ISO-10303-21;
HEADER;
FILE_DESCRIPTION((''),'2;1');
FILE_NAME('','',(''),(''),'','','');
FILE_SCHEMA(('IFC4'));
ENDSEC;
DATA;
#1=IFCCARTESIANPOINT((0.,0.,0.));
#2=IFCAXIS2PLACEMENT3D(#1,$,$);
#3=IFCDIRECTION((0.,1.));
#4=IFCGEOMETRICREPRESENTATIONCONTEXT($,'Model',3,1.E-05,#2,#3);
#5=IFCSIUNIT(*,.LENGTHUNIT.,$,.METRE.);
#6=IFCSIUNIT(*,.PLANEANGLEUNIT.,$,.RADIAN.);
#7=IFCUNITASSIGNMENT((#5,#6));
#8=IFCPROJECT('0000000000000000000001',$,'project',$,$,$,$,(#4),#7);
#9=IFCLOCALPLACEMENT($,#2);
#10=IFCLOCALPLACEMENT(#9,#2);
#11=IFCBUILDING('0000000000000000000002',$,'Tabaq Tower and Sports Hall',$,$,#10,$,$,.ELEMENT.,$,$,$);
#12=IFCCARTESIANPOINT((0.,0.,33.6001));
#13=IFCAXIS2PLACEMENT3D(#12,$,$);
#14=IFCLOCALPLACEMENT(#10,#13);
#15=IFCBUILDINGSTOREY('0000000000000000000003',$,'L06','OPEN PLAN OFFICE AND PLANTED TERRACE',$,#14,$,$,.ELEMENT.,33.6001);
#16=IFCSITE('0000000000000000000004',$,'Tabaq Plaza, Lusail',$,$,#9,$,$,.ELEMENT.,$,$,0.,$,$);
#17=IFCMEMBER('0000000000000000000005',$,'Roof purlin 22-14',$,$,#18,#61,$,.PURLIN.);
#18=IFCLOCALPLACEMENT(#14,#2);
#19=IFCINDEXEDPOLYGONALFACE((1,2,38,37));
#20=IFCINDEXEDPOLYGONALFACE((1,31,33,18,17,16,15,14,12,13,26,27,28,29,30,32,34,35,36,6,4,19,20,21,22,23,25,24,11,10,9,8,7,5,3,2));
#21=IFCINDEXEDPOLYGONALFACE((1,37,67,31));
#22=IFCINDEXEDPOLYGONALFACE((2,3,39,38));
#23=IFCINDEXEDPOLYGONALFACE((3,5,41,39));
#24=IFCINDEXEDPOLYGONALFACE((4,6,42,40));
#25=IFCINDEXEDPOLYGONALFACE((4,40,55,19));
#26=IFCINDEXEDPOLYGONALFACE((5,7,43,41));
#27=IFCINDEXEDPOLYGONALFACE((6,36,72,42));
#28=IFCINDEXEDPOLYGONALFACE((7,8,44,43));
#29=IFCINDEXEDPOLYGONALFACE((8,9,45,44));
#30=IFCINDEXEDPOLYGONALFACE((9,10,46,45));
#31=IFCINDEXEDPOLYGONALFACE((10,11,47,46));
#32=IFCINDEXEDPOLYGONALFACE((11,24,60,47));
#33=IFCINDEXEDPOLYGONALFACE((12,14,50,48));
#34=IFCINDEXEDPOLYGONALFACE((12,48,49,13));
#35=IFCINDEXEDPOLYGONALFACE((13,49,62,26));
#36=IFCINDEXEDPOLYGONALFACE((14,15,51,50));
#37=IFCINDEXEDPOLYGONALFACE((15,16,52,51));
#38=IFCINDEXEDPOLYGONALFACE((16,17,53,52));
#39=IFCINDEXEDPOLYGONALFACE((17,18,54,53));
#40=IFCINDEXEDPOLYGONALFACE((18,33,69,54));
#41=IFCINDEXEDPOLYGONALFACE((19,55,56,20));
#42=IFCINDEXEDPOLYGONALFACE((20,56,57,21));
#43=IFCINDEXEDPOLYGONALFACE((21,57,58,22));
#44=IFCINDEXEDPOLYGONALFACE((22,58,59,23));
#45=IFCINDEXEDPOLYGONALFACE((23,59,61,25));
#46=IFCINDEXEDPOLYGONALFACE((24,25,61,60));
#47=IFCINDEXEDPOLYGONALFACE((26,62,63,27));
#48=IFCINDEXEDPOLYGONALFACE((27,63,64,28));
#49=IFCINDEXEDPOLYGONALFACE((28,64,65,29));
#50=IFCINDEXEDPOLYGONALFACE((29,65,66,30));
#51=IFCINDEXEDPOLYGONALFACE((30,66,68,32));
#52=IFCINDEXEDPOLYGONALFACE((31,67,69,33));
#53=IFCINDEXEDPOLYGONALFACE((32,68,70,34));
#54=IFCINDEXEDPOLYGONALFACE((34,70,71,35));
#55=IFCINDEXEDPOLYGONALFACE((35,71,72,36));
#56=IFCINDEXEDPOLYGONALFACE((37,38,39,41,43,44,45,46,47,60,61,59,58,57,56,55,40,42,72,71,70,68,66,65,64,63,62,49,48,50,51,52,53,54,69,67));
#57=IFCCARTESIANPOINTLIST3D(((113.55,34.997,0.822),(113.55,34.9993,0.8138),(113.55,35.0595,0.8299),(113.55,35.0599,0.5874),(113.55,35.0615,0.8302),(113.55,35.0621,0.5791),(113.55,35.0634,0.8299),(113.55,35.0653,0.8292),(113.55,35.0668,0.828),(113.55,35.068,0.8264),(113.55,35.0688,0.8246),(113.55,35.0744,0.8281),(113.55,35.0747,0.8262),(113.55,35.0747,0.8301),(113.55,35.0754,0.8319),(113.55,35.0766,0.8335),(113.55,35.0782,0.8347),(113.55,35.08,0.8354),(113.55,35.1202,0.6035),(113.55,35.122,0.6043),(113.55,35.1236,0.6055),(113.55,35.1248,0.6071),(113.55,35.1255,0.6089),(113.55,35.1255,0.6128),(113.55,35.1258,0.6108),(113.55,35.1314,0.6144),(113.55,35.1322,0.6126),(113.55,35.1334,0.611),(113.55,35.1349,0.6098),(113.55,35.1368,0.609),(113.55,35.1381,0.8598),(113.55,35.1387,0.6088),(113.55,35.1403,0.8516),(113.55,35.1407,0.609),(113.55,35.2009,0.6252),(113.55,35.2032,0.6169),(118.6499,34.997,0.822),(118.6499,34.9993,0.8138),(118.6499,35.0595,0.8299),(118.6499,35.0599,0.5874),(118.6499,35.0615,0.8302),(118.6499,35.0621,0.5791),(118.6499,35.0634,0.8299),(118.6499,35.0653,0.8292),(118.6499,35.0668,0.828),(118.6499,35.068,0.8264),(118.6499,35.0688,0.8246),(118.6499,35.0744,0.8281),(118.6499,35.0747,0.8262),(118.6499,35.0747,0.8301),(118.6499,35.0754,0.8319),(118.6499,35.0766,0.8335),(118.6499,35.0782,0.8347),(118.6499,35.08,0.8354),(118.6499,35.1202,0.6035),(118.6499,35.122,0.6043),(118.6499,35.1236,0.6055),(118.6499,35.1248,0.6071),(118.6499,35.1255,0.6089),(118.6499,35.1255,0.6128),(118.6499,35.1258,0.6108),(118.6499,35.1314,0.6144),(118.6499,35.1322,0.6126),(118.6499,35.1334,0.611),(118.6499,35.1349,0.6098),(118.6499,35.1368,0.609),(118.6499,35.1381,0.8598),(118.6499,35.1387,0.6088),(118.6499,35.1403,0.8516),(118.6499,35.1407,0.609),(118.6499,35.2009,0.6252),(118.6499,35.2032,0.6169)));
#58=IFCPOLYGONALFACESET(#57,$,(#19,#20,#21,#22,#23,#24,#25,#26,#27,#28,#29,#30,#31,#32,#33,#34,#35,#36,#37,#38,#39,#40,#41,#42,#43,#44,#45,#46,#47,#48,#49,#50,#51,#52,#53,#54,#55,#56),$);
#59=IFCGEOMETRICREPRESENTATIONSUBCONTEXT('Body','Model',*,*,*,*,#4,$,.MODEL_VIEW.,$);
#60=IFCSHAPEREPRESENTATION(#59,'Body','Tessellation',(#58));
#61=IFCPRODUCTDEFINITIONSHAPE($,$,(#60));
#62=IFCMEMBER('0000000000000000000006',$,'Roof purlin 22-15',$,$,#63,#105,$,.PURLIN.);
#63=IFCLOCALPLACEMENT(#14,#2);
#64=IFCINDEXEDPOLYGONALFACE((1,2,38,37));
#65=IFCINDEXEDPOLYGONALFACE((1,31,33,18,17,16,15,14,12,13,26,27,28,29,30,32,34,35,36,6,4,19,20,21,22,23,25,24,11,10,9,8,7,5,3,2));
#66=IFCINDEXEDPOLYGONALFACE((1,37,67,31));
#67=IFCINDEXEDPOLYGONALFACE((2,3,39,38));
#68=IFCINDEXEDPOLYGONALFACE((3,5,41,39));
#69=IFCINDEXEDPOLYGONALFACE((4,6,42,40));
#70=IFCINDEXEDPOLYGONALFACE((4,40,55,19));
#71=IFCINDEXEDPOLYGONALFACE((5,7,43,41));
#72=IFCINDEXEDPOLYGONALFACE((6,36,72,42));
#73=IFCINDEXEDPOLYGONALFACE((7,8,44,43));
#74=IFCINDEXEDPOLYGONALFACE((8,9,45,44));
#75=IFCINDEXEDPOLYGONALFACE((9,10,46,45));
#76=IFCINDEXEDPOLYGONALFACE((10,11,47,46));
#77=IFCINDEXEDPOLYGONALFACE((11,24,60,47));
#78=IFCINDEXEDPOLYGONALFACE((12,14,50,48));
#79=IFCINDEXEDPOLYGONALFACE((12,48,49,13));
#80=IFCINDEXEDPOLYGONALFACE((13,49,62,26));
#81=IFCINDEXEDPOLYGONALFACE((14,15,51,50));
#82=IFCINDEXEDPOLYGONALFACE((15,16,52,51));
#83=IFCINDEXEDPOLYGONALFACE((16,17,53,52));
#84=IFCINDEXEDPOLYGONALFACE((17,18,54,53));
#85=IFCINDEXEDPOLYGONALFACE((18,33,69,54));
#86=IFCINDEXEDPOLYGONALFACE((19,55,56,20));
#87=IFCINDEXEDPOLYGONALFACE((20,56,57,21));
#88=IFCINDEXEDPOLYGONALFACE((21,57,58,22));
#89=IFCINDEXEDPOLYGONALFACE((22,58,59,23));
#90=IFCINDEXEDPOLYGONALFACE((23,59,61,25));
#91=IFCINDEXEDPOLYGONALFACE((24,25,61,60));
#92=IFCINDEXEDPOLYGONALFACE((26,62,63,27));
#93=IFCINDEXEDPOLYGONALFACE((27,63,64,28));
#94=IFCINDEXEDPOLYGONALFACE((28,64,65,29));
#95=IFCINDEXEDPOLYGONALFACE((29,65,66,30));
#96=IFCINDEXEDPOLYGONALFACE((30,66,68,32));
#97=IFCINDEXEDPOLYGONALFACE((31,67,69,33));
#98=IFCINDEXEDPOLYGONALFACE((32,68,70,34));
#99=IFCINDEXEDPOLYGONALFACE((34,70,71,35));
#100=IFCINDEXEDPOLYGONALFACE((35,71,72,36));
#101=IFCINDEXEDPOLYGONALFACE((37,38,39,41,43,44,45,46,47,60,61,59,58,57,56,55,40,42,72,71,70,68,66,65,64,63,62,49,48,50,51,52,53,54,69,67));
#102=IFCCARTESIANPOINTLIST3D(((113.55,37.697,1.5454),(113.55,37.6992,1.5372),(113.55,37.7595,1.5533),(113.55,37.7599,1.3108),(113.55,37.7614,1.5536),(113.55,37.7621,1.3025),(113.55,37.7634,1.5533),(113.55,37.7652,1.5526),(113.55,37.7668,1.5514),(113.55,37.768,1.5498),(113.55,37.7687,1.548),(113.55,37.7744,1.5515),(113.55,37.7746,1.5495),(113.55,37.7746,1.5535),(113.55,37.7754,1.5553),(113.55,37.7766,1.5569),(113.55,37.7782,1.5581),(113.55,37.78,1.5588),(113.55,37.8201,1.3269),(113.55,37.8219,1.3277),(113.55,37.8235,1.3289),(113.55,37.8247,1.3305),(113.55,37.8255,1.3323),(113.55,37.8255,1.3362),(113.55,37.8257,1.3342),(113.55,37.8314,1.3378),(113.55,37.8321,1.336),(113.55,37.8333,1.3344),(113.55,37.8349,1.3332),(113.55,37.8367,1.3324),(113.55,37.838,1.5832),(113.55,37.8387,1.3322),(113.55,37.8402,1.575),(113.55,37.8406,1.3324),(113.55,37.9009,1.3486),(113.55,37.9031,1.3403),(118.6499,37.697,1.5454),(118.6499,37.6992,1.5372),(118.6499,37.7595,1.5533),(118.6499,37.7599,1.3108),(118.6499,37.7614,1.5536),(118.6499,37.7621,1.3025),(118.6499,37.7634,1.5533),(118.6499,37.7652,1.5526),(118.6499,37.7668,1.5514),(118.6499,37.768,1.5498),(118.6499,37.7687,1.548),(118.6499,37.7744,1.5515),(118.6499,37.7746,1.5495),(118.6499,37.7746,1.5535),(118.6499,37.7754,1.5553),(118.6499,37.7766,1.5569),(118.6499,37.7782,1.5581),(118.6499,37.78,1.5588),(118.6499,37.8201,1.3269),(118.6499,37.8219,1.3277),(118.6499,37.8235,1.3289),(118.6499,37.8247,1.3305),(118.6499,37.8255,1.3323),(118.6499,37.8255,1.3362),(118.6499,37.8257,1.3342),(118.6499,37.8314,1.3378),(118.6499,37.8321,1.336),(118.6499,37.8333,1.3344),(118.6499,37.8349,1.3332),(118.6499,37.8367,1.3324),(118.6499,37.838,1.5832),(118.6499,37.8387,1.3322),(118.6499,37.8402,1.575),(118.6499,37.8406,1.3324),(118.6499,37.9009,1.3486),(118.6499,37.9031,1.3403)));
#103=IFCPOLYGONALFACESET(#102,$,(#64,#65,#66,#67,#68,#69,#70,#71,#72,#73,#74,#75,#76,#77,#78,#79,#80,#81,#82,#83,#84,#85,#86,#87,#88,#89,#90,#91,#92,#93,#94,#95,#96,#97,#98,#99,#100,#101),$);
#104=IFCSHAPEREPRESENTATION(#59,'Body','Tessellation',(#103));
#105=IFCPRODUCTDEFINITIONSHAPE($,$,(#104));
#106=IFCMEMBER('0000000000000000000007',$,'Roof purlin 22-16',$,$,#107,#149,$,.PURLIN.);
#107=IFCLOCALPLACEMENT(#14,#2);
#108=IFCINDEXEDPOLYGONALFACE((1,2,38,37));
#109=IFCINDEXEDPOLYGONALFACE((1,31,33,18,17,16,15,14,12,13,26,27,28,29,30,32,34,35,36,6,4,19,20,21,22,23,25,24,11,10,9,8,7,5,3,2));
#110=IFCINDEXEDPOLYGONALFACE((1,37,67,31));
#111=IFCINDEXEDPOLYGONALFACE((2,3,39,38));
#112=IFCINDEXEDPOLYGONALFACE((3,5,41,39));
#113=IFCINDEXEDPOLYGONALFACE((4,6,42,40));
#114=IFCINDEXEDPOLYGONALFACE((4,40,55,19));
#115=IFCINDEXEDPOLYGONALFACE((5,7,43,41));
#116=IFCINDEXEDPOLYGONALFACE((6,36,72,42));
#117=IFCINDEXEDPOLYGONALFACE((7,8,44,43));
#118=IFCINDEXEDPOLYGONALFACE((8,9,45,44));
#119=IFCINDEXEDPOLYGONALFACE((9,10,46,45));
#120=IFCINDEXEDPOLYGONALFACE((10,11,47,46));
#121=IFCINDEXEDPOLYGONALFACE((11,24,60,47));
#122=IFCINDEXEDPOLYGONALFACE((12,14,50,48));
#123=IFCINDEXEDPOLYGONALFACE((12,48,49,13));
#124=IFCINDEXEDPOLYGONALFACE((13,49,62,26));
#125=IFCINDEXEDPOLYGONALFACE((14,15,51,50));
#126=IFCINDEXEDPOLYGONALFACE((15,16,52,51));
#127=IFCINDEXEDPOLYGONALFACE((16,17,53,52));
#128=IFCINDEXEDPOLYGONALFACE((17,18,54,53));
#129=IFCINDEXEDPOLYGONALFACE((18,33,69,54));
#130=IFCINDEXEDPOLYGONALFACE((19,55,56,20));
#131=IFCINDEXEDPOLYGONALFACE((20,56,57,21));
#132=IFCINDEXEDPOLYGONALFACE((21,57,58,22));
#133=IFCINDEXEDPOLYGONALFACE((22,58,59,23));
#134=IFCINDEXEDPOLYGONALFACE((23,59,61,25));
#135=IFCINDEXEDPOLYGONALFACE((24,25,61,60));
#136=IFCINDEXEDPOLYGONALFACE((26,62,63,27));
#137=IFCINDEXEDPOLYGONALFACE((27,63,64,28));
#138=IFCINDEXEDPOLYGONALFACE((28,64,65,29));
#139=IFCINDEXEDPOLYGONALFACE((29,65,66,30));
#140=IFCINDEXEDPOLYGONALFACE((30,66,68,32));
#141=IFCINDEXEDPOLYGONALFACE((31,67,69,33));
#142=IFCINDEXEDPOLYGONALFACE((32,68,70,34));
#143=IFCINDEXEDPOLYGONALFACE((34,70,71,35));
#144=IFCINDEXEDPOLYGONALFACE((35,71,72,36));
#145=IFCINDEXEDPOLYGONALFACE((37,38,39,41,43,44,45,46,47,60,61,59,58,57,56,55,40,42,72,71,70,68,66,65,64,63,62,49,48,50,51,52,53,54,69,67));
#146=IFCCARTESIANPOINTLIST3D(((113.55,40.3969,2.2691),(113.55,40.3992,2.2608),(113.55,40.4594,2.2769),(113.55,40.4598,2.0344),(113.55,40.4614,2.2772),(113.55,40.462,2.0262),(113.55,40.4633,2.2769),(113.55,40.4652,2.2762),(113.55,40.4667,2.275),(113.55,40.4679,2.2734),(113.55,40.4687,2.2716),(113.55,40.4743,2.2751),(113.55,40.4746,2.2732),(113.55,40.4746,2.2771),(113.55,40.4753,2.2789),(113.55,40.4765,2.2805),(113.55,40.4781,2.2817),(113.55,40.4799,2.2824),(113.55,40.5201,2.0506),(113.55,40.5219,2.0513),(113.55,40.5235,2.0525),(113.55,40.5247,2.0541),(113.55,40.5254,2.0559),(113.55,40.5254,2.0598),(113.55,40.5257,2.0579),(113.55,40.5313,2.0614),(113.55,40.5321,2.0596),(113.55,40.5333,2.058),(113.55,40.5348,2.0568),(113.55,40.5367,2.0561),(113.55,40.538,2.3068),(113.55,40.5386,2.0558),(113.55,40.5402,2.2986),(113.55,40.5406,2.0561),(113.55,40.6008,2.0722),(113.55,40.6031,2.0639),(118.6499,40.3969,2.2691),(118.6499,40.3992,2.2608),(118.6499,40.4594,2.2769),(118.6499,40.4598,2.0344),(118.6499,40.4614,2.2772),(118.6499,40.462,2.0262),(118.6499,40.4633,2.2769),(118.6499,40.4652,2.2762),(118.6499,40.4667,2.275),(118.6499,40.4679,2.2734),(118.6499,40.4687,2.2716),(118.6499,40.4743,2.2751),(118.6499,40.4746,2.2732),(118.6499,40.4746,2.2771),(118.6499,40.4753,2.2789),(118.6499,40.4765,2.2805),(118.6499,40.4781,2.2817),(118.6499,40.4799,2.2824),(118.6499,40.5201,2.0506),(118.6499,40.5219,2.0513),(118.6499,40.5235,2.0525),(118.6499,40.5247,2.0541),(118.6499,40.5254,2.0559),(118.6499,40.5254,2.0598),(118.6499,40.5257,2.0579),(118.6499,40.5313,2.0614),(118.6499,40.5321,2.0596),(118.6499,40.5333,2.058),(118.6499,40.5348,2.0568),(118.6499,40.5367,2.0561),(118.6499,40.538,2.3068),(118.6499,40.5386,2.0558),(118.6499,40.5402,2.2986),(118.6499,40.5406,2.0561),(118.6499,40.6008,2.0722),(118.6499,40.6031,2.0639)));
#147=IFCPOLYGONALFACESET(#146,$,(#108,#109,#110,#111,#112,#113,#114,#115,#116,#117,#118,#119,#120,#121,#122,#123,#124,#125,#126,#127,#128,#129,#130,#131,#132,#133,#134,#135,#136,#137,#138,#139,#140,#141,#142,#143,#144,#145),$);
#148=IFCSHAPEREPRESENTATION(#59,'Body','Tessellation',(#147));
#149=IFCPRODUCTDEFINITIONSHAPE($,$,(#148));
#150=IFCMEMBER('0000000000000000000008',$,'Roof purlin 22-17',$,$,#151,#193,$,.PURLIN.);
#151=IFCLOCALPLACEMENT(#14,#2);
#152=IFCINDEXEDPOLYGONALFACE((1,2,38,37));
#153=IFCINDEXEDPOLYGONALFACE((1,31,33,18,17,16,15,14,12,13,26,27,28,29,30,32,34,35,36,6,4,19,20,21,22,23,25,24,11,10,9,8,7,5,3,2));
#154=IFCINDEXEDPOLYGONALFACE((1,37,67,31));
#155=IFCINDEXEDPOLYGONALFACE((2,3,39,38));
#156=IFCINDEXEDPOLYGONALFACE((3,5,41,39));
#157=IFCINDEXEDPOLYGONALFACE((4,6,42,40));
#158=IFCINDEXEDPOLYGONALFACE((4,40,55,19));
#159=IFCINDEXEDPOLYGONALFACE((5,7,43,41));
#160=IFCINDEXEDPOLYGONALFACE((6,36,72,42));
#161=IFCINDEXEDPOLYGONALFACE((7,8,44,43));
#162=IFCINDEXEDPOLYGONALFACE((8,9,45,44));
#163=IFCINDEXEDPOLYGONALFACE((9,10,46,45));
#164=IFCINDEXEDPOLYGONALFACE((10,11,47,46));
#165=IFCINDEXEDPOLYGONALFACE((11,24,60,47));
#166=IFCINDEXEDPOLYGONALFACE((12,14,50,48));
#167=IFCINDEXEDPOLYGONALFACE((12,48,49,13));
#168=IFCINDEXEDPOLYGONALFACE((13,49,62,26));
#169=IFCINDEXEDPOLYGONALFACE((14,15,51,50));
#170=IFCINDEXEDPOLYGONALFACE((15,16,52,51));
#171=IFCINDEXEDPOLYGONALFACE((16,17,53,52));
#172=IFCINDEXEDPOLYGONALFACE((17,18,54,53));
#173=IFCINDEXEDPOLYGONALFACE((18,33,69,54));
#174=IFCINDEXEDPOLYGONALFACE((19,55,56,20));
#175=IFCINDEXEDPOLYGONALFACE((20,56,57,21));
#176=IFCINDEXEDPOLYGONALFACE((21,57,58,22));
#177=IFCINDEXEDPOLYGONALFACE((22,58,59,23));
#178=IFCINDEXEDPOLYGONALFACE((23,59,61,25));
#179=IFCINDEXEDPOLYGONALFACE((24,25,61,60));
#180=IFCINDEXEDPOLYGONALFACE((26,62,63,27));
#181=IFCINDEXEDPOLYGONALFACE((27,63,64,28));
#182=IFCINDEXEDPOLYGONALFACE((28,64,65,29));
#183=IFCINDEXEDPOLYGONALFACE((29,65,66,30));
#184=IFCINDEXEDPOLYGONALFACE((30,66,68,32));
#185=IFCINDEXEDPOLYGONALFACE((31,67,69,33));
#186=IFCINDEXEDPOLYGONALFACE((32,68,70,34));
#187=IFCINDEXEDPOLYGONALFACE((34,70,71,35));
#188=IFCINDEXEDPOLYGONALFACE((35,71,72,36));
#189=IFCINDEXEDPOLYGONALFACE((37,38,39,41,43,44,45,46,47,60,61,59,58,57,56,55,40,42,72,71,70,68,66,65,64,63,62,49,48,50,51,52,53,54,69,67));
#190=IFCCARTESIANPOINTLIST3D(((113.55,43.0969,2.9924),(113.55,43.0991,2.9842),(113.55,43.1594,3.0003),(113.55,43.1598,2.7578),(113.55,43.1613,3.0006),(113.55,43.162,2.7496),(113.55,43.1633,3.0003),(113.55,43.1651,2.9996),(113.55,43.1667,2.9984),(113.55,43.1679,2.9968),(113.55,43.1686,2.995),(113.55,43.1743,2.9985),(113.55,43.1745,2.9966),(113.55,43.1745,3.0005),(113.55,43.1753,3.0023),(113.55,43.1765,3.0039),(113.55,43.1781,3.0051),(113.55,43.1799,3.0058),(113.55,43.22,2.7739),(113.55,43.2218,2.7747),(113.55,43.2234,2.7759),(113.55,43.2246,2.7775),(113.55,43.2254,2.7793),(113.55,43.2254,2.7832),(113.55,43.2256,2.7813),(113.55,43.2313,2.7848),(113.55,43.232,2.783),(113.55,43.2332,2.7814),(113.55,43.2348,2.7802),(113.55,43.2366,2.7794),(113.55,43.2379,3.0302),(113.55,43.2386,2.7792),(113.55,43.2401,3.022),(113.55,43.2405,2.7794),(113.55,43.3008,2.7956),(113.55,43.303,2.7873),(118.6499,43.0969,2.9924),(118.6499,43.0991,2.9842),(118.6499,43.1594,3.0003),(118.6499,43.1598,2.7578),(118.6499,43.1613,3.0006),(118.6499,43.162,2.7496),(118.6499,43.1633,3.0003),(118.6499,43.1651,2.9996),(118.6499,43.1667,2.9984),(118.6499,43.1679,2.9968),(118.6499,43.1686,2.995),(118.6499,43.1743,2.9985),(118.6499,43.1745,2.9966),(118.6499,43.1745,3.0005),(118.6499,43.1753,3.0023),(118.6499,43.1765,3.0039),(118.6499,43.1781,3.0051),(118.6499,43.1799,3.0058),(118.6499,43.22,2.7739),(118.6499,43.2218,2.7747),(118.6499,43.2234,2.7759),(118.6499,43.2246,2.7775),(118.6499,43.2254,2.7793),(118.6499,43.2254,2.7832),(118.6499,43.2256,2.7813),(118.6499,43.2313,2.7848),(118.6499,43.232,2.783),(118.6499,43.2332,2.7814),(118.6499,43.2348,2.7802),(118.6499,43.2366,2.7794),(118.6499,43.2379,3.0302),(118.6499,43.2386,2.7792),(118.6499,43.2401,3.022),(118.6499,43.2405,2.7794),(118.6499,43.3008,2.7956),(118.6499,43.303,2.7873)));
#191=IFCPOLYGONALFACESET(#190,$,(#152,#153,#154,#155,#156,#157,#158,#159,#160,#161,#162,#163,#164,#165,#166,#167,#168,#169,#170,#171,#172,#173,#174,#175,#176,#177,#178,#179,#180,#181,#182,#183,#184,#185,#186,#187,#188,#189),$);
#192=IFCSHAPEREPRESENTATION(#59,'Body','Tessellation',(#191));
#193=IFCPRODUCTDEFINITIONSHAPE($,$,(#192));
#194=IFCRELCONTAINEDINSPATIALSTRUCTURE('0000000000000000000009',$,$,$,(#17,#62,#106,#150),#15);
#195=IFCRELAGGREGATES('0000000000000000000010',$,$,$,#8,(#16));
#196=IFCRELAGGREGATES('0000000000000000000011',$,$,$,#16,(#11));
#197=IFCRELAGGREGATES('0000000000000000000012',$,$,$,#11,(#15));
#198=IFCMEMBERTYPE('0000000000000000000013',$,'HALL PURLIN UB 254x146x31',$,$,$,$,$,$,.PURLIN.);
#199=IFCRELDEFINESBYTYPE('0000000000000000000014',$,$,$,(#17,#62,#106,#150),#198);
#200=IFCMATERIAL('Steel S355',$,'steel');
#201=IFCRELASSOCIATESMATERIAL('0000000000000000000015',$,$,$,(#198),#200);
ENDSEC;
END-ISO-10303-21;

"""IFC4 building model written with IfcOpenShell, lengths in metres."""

from ifc_helpers import new_model, si_unit, direction, frame, origin, origin_2d, place, context, subcontext, project, spatial, i_section, extrude, material, material_profile, profile_set, type_object, element, save


model = new_model("IFC4")

# Units and contexts
model_context = context("Model", 3, precision=1e-05, world=origin(), true_north=direction((0.0, 1.0)))
body_context = subcontext(model_context, "Body", "Model", "MODEL_VIEW")
ifc_project = project(units=[si_unit("LENGTHUNIT", "METRE"), si_unit("PLANEANGLEUNIT", "RADIAN")], contexts=[model_context])

# Site, building, storey
site_placement = place(None, origin())
site = spatial("IfcSite", under=ifc_project, at=site_placement, Name="Tabaq Plaza, Lusail", CompositionType="ELEMENT", RefElevation=0.0)
building_placement = place(site_placement, origin())
building = spatial("IfcBuilding", under=site, at=building_placement, Name="Tabaq Tower and Sports Hall", CompositionType="ELEMENT")
storey_placement = place(building_placement, frame((0.0, 0.0, 33.6001)))
storey = spatial("IfcBuildingStorey", under=building, at=storey_placement, Name="L06", Description="OPEN PLAN OFFICE AND PLANTED TERRACE", CompositionType="ELEMENT", Elevation=33.6001)

# Members
ifc_material_1 = material(Name="Steel S355", Category="steel")
ifc_material_profile_1 = material_profile(ifc_material_1, i_section(OverallWidth=0.146, OverallDepth=0.2515, WebThickness=0.0061, FlangeThickness=0.0085, FilletRadius=0.0076, at=origin_2d()), Name="UB 254x146x31")
ifc_profile_set_1 = profile_set([ifc_material_profile_1], Name="Steel S355")
member_type = type_object("IfcMemberType", Name="HALL PURLIN UB 254x146x31", PredefinedType="PURLIN", material=ifc_profile_set_1)
for number, where, z_axis, x_axis, name in (
    (1, (113.55, 35.1001, 0.7195), (1.0, 0.0, 0.0), (0.0, 0.965926, 0.258819), "Roof purlin 22-14"),
    (2, (113.55, 37.8, 1.4429), (1.0, 0.0, 0.0), (0.0, 0.965926, 0.258819), "Roof purlin 22-15"),
    (3, (113.55, 40.5, 2.1665), (1.0, 0.0, 0.0), (0.0, 0.965926, 0.258819), "Roof purlin 22-16"),
    (4, (113.55, 43.2, 2.8899), (1.0, 0.0, 0.0), (0.0, 0.965926, 0.258819), "Roof purlin 22-17"),
):
    element("IfcMember", number, at=place(storey_placement, frame(where, z_axis=z_axis, x_axis=x_axis)), inside=storey, type_object=member_type, Name=name, PredefinedType="PURLIN", context=body_context, shape_type="SweptSolid", body=[
        extrude(i_section(OverallWidth=0.146, OverallDepth=0.2515, WebThickness=0.0061, FlangeThickness=0.0085, FilletRadius=0.0076, at=origin_2d()), origin(), (0.0, 0.0, 1.0), 5.0999),
    ])

save(model, "model.ifc")
